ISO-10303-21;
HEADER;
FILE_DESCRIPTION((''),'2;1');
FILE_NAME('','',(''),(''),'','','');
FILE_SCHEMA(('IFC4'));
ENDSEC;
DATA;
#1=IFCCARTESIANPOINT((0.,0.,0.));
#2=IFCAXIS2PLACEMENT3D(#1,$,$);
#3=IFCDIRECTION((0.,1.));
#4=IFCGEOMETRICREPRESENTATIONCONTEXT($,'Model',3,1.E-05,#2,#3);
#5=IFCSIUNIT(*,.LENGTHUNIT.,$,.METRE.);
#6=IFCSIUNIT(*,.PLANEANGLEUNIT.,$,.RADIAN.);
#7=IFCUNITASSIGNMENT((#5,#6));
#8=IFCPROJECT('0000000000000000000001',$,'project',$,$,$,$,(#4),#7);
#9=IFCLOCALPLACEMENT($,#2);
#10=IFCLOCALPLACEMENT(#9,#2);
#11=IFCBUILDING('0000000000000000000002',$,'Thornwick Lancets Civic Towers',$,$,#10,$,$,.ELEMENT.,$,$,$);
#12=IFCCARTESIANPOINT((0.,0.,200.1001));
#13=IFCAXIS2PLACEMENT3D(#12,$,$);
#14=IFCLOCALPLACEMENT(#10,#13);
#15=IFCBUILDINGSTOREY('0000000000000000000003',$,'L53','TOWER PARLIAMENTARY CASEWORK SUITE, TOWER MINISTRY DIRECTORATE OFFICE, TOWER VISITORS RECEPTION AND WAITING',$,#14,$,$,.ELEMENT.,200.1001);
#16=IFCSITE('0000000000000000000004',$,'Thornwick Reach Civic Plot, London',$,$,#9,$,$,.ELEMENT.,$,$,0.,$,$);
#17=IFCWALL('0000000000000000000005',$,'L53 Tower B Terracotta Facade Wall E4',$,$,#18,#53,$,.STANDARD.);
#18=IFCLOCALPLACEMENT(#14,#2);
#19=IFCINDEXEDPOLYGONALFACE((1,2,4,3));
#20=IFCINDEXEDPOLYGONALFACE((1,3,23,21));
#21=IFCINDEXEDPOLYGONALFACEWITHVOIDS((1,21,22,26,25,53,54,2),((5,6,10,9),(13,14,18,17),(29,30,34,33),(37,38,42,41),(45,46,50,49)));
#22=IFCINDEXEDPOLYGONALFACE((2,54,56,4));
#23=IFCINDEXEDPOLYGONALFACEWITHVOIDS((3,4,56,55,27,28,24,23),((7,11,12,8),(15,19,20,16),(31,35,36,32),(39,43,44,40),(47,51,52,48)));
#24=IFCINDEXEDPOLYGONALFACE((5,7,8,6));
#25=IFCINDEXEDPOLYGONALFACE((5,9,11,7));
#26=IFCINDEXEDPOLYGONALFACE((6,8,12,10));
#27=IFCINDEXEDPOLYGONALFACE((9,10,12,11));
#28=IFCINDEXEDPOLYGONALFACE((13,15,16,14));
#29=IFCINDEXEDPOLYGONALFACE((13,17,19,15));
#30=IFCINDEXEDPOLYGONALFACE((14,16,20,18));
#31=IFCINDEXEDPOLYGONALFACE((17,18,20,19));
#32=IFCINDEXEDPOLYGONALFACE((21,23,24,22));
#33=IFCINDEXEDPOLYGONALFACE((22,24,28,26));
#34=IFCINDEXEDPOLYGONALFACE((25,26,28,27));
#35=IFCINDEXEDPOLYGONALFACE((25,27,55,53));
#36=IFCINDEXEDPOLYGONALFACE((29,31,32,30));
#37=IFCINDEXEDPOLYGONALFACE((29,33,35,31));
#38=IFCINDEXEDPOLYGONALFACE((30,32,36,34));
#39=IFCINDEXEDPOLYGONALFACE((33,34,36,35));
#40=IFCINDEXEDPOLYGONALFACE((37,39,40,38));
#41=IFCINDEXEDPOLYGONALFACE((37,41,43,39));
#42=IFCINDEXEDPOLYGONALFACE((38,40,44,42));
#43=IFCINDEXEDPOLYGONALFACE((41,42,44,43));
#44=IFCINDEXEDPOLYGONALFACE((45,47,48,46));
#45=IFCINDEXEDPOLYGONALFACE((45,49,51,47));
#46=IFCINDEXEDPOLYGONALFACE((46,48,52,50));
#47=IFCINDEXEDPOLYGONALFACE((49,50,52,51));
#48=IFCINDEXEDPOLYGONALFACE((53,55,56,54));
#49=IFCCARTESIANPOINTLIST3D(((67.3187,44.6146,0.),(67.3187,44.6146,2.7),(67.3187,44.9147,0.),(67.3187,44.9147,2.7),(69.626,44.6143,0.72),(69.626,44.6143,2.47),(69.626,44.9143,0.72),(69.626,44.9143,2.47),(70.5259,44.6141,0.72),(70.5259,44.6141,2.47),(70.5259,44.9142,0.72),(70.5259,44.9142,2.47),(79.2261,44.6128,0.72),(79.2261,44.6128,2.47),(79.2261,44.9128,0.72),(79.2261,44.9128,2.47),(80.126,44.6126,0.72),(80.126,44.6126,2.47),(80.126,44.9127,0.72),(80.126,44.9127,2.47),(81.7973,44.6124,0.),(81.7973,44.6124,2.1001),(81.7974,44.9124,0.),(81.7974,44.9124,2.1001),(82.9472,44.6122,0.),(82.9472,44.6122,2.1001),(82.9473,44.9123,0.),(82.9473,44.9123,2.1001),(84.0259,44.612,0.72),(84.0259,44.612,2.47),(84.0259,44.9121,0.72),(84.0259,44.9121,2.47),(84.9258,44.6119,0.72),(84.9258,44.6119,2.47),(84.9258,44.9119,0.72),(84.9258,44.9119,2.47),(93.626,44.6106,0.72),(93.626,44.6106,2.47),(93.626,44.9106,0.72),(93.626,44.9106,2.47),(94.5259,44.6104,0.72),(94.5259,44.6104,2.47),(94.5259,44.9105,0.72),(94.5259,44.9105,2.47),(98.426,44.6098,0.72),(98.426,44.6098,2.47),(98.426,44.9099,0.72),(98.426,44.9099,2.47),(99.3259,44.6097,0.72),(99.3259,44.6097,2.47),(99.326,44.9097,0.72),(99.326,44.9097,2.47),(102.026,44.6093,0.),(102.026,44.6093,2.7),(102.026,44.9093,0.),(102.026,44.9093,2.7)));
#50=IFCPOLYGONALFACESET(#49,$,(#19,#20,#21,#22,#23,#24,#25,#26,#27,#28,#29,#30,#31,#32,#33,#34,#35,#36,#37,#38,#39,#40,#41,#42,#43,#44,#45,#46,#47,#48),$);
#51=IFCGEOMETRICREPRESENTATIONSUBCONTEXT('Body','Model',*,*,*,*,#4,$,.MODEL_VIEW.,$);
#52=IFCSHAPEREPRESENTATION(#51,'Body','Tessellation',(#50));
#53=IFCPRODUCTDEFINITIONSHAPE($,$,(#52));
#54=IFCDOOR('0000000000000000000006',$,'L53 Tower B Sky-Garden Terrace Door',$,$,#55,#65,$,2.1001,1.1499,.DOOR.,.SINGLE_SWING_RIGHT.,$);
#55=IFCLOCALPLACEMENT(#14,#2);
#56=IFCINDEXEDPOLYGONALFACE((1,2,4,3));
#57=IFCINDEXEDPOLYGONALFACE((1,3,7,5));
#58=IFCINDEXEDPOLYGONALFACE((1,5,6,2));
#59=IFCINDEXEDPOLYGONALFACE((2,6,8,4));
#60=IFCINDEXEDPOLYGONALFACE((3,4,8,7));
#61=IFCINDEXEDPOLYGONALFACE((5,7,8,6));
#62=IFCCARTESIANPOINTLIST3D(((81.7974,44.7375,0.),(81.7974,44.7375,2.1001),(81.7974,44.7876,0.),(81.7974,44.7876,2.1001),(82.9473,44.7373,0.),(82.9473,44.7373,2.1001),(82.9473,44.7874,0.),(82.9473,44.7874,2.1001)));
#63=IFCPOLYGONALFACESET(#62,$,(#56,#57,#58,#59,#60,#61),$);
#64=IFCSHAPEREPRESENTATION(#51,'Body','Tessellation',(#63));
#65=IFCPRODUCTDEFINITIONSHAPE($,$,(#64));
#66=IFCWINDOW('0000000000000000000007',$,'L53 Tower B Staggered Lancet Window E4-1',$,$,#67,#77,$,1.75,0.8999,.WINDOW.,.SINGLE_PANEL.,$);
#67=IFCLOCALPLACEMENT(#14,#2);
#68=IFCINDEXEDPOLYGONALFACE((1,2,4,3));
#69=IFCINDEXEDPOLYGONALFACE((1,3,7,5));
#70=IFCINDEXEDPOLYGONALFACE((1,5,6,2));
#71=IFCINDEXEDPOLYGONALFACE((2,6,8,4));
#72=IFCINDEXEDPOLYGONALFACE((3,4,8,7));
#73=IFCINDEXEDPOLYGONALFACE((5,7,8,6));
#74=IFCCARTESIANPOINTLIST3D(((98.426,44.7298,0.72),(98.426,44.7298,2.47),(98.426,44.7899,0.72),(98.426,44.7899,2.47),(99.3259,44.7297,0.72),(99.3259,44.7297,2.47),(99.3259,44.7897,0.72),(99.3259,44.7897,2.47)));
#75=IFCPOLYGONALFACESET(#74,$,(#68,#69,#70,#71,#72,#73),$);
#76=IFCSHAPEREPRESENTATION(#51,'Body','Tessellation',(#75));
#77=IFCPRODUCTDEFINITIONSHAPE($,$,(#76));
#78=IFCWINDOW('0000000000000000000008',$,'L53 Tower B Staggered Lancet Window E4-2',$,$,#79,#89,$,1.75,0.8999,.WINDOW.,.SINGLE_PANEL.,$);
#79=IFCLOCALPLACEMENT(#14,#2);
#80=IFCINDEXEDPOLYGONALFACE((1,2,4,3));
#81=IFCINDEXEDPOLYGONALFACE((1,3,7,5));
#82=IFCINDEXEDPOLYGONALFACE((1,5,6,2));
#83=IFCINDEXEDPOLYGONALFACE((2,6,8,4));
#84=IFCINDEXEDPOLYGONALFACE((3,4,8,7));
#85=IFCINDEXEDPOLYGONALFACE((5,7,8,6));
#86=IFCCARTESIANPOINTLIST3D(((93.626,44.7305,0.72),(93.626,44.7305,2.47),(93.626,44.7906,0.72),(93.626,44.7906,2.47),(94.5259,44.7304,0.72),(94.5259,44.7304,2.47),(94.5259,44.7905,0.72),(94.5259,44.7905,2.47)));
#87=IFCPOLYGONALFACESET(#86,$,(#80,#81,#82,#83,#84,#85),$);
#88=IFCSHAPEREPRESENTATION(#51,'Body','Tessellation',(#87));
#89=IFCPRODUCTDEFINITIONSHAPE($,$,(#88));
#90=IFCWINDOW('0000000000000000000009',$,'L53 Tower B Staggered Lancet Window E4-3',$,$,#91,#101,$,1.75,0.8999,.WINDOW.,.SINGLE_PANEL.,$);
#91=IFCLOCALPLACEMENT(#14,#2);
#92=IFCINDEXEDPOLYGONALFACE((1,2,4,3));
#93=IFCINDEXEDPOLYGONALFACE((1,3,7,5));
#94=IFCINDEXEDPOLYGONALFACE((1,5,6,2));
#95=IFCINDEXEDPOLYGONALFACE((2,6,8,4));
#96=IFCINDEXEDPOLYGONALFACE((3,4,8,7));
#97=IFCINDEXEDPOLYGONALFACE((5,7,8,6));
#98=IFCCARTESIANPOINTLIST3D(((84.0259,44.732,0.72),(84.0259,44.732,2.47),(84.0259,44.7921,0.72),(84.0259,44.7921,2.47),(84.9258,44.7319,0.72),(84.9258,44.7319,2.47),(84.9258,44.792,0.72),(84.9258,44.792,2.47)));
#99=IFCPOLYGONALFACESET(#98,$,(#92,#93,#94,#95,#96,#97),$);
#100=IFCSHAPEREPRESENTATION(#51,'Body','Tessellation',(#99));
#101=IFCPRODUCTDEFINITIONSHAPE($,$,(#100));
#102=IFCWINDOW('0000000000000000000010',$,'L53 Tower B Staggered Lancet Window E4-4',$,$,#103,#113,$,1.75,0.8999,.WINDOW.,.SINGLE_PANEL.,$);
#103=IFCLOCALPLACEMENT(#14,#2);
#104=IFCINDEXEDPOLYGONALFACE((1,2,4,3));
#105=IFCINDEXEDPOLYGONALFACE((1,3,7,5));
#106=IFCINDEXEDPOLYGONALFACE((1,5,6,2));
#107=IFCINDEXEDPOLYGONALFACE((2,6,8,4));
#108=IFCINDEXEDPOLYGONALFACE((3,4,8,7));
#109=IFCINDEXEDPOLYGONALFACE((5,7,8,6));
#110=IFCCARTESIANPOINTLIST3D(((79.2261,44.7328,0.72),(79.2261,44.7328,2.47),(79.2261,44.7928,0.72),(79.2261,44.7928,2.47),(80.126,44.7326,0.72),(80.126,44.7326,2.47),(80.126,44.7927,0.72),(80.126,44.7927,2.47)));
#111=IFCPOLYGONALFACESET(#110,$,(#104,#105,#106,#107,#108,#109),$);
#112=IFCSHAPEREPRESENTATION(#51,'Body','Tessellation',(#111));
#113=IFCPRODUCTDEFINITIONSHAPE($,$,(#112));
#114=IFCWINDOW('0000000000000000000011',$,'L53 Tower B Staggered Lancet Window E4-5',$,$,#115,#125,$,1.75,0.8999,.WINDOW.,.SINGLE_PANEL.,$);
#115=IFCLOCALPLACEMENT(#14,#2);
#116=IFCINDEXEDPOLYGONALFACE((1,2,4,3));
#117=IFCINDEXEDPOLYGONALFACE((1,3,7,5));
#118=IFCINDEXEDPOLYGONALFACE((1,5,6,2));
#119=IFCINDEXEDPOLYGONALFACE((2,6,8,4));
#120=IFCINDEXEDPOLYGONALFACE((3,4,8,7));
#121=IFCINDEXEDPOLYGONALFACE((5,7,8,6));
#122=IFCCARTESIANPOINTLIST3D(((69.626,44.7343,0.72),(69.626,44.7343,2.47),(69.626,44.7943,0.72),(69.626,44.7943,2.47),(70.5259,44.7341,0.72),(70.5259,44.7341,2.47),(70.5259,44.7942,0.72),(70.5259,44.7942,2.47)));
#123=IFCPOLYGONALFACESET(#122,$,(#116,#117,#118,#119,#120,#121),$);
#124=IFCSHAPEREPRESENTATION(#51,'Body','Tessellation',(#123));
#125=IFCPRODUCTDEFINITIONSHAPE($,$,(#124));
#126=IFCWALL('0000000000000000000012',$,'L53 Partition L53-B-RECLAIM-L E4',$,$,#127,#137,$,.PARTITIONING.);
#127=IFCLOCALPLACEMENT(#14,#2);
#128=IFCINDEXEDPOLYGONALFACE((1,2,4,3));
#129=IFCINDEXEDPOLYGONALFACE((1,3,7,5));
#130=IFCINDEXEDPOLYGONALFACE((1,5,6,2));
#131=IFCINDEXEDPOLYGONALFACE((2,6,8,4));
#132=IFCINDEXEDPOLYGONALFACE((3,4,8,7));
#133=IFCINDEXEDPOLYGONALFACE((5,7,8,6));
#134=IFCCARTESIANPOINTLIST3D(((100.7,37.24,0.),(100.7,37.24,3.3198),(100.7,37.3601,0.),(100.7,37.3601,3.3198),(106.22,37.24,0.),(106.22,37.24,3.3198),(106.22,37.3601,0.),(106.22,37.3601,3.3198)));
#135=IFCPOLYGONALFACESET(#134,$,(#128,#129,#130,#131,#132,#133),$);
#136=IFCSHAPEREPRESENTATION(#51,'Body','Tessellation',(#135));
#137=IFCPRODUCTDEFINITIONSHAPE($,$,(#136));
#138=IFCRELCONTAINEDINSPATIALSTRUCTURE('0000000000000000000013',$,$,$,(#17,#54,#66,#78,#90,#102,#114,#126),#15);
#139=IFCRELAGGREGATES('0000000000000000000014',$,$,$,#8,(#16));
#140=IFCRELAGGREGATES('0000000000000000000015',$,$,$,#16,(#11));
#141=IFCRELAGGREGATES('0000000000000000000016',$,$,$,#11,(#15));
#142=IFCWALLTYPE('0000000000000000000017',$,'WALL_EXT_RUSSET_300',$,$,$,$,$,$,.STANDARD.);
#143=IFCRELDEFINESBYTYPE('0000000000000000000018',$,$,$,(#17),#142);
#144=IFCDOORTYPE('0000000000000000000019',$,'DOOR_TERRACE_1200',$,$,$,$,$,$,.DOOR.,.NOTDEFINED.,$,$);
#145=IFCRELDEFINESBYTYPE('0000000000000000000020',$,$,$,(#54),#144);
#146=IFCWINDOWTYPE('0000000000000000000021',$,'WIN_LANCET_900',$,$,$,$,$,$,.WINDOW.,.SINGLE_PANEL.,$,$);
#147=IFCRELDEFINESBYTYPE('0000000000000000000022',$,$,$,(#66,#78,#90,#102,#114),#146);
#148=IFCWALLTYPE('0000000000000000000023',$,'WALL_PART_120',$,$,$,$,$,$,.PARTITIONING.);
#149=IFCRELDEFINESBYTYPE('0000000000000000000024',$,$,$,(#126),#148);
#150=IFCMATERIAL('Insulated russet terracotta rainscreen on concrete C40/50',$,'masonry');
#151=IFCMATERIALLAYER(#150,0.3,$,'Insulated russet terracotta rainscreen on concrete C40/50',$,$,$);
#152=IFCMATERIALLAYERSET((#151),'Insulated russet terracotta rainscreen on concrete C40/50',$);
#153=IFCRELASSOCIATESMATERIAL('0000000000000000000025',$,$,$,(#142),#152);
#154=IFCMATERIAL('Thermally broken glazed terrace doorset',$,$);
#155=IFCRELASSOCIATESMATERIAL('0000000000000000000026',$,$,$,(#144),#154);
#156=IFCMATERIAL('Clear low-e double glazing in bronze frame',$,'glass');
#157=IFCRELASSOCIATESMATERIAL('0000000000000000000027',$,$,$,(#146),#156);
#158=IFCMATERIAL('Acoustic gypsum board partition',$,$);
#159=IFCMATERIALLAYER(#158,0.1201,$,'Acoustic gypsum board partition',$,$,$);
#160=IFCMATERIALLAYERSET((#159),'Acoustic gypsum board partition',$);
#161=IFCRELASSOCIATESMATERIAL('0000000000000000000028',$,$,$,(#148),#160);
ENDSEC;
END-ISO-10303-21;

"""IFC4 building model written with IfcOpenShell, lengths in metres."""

from ifc_helpers import new_model, si_unit, direction, frame, frame_2d, origin, place, context, subcontext, project, spatial, rectangle, extrude, material, layer, layer_set, type_object, element, fill, save


model = new_model("IFC4")

# Units and contexts
model_context = context("Model", 3, precision=1e-05, world=origin(), true_north=direction((0.0, 1.0)))
body_context = subcontext(model_context, "Body", "Model", "MODEL_VIEW")
ifc_project = project(units=[si_unit("LENGTHUNIT", "METRE"), si_unit("PLANEANGLEUNIT", "RADIAN")], contexts=[model_context])

# Site, building, storey
site_placement = place(None, origin())
site = spatial("IfcSite", under=ifc_project, at=site_placement, Name="Thornwick Reach Civic Plot, London", CompositionType="ELEMENT", RefElevation=0.0)
building_placement = place(site_placement, origin())
building = spatial("IfcBuilding", under=site, at=building_placement, Name="Thornwick Lancets Civic Towers", CompositionType="ELEMENT")
storey_placement = place(building_placement, frame((0.0, 0.0, 200.1001)))
storey = spatial("IfcBuildingStorey", under=building, at=storey_placement, Name="L53", Description="TOWER PARLIAMENTARY CASEWORK SUITE, TOWER MINISTRY DIRECTORATE OFFICE, TOWER VISITORS RECEPTION AND WAITING", CompositionType="ELEMENT", Elevation=200.1001)

# Wall, openings, door, windows
ifc_material_1 = material(Name="Insulated russet terracotta rainscreen on concrete C40/50", Category="masonry")
ifc_layer_1 = layer(ifc_material_1, 0.3, Name="Insulated russet terracotta rainscreen on concrete C40/50")
ifc_layer_set_1 = layer_set([ifc_layer_1], Name="Insulated russet terracotta rainscreen on concrete C40/50")
wall_type_1 = type_object("IfcWallType", Name="WALL_EXT_RUSSET_300", PredefinedType="STANDARD", material=ifc_layer_set_1)
wall_1_placement = place(storey_placement, frame((102.0259, 44.7593, 0.0), z_axis=(0.0, 0.0, 1.0), x_axis=(-1.0, 0.000155, 0.0)))
wall_1 = element("IfcWall", 1, at=wall_1_placement, inside=storey, type_object=wall_type_1, Name="L53 Tower B Terracotta Facade Wall E4", PredefinedType="STANDARD", context=body_context, shape_type="SweptSolid", body=[
    extrude(rectangle(XDim=34.7073, YDim=0.3, at=frame_2d((17.3535, 0.0))), origin(), (0.0, 0.0, 1.0), 2.7),
])
opening_1_placement = place(wall_1_placement, frame((19.0786, 0.0, 0.0)))
opening_1 = element("IfcOpeningElement", 2, at=opening_1_placement, cuts=wall_1, PredefinedType="OPENING", context=body_context, shape_type="SweptSolid", body=[
    extrude(rectangle(XDim=1.1499, YDim=2.1001, at=frame_2d((0.575, 1.05))), frame((0.0, 0.1602, 0.0), z_axis=(0.0, -1.0, 0.0), x_axis=(1.0, 0.0, 0.0)), (0.0, 0.0, 1.0), 0.3201),
])
opening_2_placement = place(wall_1_placement, frame((2.7, 0.0, 0.72)))
opening_2 = element("IfcOpeningElement", 3, at=opening_2_placement, cuts=wall_1, PredefinedType="OPENING", context=body_context, shape_type="SweptSolid", body=[
    extrude(rectangle(XDim=0.8999, YDim=1.75, at=frame_2d((0.45, 0.875))), frame((0.0, 0.1602, 0.0), z_axis=(0.0, -1.0, 0.0), x_axis=(1.0, 0.0, 0.0)), (0.0, 0.0, 1.0), 0.3201),
])
opening_3_placement = place(wall_1_placement, frame((7.5, 0.0, 0.72)))
opening_3 = element("IfcOpeningElement", 4, at=opening_3_placement, cuts=wall_1, PredefinedType="OPENING", context=body_context, shape_type="SweptSolid", body=[
    extrude(rectangle(XDim=0.8999, YDim=1.75, at=frame_2d((0.45, 0.875))), frame((0.0, 0.1602, 0.0), z_axis=(0.0, -1.0, 0.0), x_axis=(1.0, 0.0, 0.0)), (0.0, 0.0, 1.0), 0.3201),
])
opening_4_placement = place(wall_1_placement, frame((17.1001, 0.0, 0.72)))
opening_4 = element("IfcOpeningElement", 5, at=opening_4_placement, cuts=wall_1, PredefinedType="OPENING", context=body_context, shape_type="SweptSolid", body=[
    extrude(rectangle(XDim=0.8999, YDim=1.75, at=frame_2d((0.45, 0.875))), frame((0.0, 0.1602, 0.0), z_axis=(0.0, -1.0, 0.0), x_axis=(1.0, 0.0, 0.0)), (0.0, 0.0, 1.0), 0.3201),
])
opening_5_placement = place(wall_1_placement, frame((21.8999, 0.0, 0.72)))
opening_5 = element("IfcOpeningElement", 6, at=opening_5_placement, cuts=wall_1, PredefinedType="OPENING", context=body_context, shape_type="SweptSolid", body=[
    extrude(rectangle(XDim=0.8999, YDim=1.75, at=frame_2d((0.45, 0.875))), frame((0.0, 0.1602, 0.0), z_axis=(0.0, -1.0, 0.0), x_axis=(1.0, 0.0, 0.0)), (0.0, 0.0, 1.0), 0.3201),
])
opening_6_placement = place(wall_1_placement, frame((31.5, 0.0, 0.72)))
opening_6 = element("IfcOpeningElement", 7, at=opening_6_placement, cuts=wall_1, PredefinedType="OPENING", context=body_context, shape_type="SweptSolid", body=[
    extrude(rectangle(XDim=0.8999, YDim=1.75, at=frame_2d((0.45, 0.875))), frame((0.0, 0.1602, 0.0), z_axis=(0.0, -1.0, 0.0), x_axis=(1.0, 0.0, 0.0)), (0.0, 0.0, 1.0), 0.3201),
])
ifc_material_2 = material(Name="Thermally broken glazed terrace doorset")
door_type_1 = type_object("IfcDoorType", Name="DOOR_TERRACE_1200", OperationType="NOTDEFINED", PredefinedType="DOOR", material=ifc_material_2)
door_1_placement = place(opening_1_placement, origin())
door_1 = element("IfcDoor", 8, at=door_1_placement, inside=storey, type_object=door_type_1, Name="L53 Tower B Sky-Garden Terrace Door", OperationType="SINGLE_SWING_RIGHT", OverallHeight=2.1001, OverallWidth=1.1499, PredefinedType="DOOR", context=body_context, shape_type="SweptSolid", body=[
    extrude(rectangle(XDim=1.1499, YDim=2.1001, at=frame_2d((0.575, 1.05))), frame((0.0, 0.0249, 0.0), z_axis=(0.0, -1.0, 0.0), x_axis=(1.0, 0.0, 0.0)), (0.0, 0.0, 1.0), 0.05),
])
fill(opening_1, door_1)
ifc_material_3 = material(Name="Clear low-e double glazing in bronze frame", Category="glass")
window_type = type_object("IfcWindowType", Name="WIN_LANCET_900", PartitioningType="SINGLE_PANEL", PredefinedType="WINDOW", material=ifc_material_3)
window_1_placement = place(opening_2_placement, origin())
window_1 = element("IfcWindow", 9, at=window_1_placement, inside=storey, type_object=window_type, Name="L53 Tower B Staggered Lancet Window E4-1", OverallHeight=1.75, OverallWidth=0.8999, PartitioningType="SINGLE_PANEL", PredefinedType="WINDOW", context=body_context, shape_type="SweptSolid", body=[
    extrude(rectangle(XDim=0.8999, YDim=1.75, at=frame_2d((0.45, 0.875))), frame((0.0, 0.03, 0.0), z_axis=(0.0, -1.0, 0.0), x_axis=(1.0, 0.0, 0.0)), (0.0, 0.0, 1.0), 0.0601),
])
fill(opening_2, window_1)
window_2_placement = place(opening_3_placement, origin())
window_2 = element("IfcWindow", 10, at=window_2_placement, inside=storey, type_object=window_type, Name="L53 Tower B Staggered Lancet Window E4-2", OverallHeight=1.75, OverallWidth=0.8999, PartitioningType="SINGLE_PANEL", PredefinedType="WINDOW", context=body_context, shape_type="SweptSolid", body=[
    extrude(rectangle(XDim=0.8999, YDim=1.75, at=frame_2d((0.45, 0.875))), frame((0.0, 0.03, 0.0), z_axis=(0.0, -1.0, 0.0), x_axis=(1.0, 0.0, 0.0)), (0.0, 0.0, 1.0), 0.0601),
])
fill(opening_3, window_2)
window_3_placement = place(opening_4_placement, origin())
window_3 = element("IfcWindow", 11, at=window_3_placement, inside=storey, type_object=window_type, Name="L53 Tower B Staggered Lancet Window E4-3", OverallHeight=1.75, OverallWidth=0.8999, PartitioningType="SINGLE_PANEL", PredefinedType="WINDOW", context=body_context, shape_type="SweptSolid", body=[
    extrude(rectangle(XDim=0.8999, YDim=1.75, at=frame_2d((0.45, 0.875))), frame((0.0, 0.03, 0.0), z_axis=(0.0, -1.0, 0.0), x_axis=(1.0, 0.0, 0.0)), (0.0, 0.0, 1.0), 0.0601),
])
fill(opening_4, window_3)
window_4_placement = place(opening_5_placement, origin())
window_4 = element("IfcWindow", 12, at=window_4_placement, inside=storey, type_object=window_type, Name="L53 Tower B Staggered Lancet Window E4-4", OverallHeight=1.75, OverallWidth=0.8999, PartitioningType="SINGLE_PANEL", PredefinedType="WINDOW", context=body_context, shape_type="SweptSolid", body=[
    extrude(rectangle(XDim=0.8999, YDim=1.75, at=frame_2d((0.45, 0.875))), frame((0.0, 0.03, 0.0), z_axis=(0.0, -1.0, 0.0), x_axis=(1.0, 0.0, 0.0)), (0.0, 0.0, 1.0), 0.0601),
])
fill(opening_5, window_4)
window_5_placement = place(opening_6_placement, origin())
window_5 = element("IfcWindow", 13, at=window_5_placement, inside=storey, type_object=window_type, Name="L53 Tower B Staggered Lancet Window E4-5", OverallHeight=1.75, OverallWidth=0.8999, PartitioningType="SINGLE_PANEL", PredefinedType="WINDOW", context=body_context, shape_type="SweptSolid", body=[
    extrude(rectangle(XDim=0.8999, YDim=1.75, at=frame_2d((0.45, 0.875))), frame((0.0, 0.03, 0.0), z_axis=(0.0, -1.0, 0.0), x_axis=(1.0, 0.0, 0.0)), (0.0, 0.0, 1.0), 0.0601),
])
fill(opening_6, window_5)

# Wall
ifc_material_4 = material(Name="Acoustic gypsum board partition")
ifc_layer_2 = layer(ifc_material_4, 0.1201, Name="Acoustic gypsum board partition")
ifc_layer_set_2 = layer_set([ifc_layer_2], Name="Acoustic gypsum board partition")
wall_type_2 = type_object("IfcWallType", Name="WALL_PART_120", PredefinedType="PARTITIONING", material=ifc_layer_set_2)
wall_2_placement = place(storey_placement, frame((100.7, 37.3, 0.0), z_axis=(0.0, 0.0, 1.0), x_axis=(1.0, 0.0, 0.0)))
element("IfcWall", 14, at=wall_2_placement, inside=storey, type_object=wall_type_2, Name="L53 Partition L53-B-RECLAIM-L E4", PredefinedType="PARTITIONING", context=body_context, shape_type="SweptSolid", body=[
    extrude(rectangle(XDim=5.52, YDim=0.1201, at=frame_2d((2.76, 0.0))), origin(), (0.0, 0.0, 1.0), 3.3198),
])

save(model, "model.ifc")
